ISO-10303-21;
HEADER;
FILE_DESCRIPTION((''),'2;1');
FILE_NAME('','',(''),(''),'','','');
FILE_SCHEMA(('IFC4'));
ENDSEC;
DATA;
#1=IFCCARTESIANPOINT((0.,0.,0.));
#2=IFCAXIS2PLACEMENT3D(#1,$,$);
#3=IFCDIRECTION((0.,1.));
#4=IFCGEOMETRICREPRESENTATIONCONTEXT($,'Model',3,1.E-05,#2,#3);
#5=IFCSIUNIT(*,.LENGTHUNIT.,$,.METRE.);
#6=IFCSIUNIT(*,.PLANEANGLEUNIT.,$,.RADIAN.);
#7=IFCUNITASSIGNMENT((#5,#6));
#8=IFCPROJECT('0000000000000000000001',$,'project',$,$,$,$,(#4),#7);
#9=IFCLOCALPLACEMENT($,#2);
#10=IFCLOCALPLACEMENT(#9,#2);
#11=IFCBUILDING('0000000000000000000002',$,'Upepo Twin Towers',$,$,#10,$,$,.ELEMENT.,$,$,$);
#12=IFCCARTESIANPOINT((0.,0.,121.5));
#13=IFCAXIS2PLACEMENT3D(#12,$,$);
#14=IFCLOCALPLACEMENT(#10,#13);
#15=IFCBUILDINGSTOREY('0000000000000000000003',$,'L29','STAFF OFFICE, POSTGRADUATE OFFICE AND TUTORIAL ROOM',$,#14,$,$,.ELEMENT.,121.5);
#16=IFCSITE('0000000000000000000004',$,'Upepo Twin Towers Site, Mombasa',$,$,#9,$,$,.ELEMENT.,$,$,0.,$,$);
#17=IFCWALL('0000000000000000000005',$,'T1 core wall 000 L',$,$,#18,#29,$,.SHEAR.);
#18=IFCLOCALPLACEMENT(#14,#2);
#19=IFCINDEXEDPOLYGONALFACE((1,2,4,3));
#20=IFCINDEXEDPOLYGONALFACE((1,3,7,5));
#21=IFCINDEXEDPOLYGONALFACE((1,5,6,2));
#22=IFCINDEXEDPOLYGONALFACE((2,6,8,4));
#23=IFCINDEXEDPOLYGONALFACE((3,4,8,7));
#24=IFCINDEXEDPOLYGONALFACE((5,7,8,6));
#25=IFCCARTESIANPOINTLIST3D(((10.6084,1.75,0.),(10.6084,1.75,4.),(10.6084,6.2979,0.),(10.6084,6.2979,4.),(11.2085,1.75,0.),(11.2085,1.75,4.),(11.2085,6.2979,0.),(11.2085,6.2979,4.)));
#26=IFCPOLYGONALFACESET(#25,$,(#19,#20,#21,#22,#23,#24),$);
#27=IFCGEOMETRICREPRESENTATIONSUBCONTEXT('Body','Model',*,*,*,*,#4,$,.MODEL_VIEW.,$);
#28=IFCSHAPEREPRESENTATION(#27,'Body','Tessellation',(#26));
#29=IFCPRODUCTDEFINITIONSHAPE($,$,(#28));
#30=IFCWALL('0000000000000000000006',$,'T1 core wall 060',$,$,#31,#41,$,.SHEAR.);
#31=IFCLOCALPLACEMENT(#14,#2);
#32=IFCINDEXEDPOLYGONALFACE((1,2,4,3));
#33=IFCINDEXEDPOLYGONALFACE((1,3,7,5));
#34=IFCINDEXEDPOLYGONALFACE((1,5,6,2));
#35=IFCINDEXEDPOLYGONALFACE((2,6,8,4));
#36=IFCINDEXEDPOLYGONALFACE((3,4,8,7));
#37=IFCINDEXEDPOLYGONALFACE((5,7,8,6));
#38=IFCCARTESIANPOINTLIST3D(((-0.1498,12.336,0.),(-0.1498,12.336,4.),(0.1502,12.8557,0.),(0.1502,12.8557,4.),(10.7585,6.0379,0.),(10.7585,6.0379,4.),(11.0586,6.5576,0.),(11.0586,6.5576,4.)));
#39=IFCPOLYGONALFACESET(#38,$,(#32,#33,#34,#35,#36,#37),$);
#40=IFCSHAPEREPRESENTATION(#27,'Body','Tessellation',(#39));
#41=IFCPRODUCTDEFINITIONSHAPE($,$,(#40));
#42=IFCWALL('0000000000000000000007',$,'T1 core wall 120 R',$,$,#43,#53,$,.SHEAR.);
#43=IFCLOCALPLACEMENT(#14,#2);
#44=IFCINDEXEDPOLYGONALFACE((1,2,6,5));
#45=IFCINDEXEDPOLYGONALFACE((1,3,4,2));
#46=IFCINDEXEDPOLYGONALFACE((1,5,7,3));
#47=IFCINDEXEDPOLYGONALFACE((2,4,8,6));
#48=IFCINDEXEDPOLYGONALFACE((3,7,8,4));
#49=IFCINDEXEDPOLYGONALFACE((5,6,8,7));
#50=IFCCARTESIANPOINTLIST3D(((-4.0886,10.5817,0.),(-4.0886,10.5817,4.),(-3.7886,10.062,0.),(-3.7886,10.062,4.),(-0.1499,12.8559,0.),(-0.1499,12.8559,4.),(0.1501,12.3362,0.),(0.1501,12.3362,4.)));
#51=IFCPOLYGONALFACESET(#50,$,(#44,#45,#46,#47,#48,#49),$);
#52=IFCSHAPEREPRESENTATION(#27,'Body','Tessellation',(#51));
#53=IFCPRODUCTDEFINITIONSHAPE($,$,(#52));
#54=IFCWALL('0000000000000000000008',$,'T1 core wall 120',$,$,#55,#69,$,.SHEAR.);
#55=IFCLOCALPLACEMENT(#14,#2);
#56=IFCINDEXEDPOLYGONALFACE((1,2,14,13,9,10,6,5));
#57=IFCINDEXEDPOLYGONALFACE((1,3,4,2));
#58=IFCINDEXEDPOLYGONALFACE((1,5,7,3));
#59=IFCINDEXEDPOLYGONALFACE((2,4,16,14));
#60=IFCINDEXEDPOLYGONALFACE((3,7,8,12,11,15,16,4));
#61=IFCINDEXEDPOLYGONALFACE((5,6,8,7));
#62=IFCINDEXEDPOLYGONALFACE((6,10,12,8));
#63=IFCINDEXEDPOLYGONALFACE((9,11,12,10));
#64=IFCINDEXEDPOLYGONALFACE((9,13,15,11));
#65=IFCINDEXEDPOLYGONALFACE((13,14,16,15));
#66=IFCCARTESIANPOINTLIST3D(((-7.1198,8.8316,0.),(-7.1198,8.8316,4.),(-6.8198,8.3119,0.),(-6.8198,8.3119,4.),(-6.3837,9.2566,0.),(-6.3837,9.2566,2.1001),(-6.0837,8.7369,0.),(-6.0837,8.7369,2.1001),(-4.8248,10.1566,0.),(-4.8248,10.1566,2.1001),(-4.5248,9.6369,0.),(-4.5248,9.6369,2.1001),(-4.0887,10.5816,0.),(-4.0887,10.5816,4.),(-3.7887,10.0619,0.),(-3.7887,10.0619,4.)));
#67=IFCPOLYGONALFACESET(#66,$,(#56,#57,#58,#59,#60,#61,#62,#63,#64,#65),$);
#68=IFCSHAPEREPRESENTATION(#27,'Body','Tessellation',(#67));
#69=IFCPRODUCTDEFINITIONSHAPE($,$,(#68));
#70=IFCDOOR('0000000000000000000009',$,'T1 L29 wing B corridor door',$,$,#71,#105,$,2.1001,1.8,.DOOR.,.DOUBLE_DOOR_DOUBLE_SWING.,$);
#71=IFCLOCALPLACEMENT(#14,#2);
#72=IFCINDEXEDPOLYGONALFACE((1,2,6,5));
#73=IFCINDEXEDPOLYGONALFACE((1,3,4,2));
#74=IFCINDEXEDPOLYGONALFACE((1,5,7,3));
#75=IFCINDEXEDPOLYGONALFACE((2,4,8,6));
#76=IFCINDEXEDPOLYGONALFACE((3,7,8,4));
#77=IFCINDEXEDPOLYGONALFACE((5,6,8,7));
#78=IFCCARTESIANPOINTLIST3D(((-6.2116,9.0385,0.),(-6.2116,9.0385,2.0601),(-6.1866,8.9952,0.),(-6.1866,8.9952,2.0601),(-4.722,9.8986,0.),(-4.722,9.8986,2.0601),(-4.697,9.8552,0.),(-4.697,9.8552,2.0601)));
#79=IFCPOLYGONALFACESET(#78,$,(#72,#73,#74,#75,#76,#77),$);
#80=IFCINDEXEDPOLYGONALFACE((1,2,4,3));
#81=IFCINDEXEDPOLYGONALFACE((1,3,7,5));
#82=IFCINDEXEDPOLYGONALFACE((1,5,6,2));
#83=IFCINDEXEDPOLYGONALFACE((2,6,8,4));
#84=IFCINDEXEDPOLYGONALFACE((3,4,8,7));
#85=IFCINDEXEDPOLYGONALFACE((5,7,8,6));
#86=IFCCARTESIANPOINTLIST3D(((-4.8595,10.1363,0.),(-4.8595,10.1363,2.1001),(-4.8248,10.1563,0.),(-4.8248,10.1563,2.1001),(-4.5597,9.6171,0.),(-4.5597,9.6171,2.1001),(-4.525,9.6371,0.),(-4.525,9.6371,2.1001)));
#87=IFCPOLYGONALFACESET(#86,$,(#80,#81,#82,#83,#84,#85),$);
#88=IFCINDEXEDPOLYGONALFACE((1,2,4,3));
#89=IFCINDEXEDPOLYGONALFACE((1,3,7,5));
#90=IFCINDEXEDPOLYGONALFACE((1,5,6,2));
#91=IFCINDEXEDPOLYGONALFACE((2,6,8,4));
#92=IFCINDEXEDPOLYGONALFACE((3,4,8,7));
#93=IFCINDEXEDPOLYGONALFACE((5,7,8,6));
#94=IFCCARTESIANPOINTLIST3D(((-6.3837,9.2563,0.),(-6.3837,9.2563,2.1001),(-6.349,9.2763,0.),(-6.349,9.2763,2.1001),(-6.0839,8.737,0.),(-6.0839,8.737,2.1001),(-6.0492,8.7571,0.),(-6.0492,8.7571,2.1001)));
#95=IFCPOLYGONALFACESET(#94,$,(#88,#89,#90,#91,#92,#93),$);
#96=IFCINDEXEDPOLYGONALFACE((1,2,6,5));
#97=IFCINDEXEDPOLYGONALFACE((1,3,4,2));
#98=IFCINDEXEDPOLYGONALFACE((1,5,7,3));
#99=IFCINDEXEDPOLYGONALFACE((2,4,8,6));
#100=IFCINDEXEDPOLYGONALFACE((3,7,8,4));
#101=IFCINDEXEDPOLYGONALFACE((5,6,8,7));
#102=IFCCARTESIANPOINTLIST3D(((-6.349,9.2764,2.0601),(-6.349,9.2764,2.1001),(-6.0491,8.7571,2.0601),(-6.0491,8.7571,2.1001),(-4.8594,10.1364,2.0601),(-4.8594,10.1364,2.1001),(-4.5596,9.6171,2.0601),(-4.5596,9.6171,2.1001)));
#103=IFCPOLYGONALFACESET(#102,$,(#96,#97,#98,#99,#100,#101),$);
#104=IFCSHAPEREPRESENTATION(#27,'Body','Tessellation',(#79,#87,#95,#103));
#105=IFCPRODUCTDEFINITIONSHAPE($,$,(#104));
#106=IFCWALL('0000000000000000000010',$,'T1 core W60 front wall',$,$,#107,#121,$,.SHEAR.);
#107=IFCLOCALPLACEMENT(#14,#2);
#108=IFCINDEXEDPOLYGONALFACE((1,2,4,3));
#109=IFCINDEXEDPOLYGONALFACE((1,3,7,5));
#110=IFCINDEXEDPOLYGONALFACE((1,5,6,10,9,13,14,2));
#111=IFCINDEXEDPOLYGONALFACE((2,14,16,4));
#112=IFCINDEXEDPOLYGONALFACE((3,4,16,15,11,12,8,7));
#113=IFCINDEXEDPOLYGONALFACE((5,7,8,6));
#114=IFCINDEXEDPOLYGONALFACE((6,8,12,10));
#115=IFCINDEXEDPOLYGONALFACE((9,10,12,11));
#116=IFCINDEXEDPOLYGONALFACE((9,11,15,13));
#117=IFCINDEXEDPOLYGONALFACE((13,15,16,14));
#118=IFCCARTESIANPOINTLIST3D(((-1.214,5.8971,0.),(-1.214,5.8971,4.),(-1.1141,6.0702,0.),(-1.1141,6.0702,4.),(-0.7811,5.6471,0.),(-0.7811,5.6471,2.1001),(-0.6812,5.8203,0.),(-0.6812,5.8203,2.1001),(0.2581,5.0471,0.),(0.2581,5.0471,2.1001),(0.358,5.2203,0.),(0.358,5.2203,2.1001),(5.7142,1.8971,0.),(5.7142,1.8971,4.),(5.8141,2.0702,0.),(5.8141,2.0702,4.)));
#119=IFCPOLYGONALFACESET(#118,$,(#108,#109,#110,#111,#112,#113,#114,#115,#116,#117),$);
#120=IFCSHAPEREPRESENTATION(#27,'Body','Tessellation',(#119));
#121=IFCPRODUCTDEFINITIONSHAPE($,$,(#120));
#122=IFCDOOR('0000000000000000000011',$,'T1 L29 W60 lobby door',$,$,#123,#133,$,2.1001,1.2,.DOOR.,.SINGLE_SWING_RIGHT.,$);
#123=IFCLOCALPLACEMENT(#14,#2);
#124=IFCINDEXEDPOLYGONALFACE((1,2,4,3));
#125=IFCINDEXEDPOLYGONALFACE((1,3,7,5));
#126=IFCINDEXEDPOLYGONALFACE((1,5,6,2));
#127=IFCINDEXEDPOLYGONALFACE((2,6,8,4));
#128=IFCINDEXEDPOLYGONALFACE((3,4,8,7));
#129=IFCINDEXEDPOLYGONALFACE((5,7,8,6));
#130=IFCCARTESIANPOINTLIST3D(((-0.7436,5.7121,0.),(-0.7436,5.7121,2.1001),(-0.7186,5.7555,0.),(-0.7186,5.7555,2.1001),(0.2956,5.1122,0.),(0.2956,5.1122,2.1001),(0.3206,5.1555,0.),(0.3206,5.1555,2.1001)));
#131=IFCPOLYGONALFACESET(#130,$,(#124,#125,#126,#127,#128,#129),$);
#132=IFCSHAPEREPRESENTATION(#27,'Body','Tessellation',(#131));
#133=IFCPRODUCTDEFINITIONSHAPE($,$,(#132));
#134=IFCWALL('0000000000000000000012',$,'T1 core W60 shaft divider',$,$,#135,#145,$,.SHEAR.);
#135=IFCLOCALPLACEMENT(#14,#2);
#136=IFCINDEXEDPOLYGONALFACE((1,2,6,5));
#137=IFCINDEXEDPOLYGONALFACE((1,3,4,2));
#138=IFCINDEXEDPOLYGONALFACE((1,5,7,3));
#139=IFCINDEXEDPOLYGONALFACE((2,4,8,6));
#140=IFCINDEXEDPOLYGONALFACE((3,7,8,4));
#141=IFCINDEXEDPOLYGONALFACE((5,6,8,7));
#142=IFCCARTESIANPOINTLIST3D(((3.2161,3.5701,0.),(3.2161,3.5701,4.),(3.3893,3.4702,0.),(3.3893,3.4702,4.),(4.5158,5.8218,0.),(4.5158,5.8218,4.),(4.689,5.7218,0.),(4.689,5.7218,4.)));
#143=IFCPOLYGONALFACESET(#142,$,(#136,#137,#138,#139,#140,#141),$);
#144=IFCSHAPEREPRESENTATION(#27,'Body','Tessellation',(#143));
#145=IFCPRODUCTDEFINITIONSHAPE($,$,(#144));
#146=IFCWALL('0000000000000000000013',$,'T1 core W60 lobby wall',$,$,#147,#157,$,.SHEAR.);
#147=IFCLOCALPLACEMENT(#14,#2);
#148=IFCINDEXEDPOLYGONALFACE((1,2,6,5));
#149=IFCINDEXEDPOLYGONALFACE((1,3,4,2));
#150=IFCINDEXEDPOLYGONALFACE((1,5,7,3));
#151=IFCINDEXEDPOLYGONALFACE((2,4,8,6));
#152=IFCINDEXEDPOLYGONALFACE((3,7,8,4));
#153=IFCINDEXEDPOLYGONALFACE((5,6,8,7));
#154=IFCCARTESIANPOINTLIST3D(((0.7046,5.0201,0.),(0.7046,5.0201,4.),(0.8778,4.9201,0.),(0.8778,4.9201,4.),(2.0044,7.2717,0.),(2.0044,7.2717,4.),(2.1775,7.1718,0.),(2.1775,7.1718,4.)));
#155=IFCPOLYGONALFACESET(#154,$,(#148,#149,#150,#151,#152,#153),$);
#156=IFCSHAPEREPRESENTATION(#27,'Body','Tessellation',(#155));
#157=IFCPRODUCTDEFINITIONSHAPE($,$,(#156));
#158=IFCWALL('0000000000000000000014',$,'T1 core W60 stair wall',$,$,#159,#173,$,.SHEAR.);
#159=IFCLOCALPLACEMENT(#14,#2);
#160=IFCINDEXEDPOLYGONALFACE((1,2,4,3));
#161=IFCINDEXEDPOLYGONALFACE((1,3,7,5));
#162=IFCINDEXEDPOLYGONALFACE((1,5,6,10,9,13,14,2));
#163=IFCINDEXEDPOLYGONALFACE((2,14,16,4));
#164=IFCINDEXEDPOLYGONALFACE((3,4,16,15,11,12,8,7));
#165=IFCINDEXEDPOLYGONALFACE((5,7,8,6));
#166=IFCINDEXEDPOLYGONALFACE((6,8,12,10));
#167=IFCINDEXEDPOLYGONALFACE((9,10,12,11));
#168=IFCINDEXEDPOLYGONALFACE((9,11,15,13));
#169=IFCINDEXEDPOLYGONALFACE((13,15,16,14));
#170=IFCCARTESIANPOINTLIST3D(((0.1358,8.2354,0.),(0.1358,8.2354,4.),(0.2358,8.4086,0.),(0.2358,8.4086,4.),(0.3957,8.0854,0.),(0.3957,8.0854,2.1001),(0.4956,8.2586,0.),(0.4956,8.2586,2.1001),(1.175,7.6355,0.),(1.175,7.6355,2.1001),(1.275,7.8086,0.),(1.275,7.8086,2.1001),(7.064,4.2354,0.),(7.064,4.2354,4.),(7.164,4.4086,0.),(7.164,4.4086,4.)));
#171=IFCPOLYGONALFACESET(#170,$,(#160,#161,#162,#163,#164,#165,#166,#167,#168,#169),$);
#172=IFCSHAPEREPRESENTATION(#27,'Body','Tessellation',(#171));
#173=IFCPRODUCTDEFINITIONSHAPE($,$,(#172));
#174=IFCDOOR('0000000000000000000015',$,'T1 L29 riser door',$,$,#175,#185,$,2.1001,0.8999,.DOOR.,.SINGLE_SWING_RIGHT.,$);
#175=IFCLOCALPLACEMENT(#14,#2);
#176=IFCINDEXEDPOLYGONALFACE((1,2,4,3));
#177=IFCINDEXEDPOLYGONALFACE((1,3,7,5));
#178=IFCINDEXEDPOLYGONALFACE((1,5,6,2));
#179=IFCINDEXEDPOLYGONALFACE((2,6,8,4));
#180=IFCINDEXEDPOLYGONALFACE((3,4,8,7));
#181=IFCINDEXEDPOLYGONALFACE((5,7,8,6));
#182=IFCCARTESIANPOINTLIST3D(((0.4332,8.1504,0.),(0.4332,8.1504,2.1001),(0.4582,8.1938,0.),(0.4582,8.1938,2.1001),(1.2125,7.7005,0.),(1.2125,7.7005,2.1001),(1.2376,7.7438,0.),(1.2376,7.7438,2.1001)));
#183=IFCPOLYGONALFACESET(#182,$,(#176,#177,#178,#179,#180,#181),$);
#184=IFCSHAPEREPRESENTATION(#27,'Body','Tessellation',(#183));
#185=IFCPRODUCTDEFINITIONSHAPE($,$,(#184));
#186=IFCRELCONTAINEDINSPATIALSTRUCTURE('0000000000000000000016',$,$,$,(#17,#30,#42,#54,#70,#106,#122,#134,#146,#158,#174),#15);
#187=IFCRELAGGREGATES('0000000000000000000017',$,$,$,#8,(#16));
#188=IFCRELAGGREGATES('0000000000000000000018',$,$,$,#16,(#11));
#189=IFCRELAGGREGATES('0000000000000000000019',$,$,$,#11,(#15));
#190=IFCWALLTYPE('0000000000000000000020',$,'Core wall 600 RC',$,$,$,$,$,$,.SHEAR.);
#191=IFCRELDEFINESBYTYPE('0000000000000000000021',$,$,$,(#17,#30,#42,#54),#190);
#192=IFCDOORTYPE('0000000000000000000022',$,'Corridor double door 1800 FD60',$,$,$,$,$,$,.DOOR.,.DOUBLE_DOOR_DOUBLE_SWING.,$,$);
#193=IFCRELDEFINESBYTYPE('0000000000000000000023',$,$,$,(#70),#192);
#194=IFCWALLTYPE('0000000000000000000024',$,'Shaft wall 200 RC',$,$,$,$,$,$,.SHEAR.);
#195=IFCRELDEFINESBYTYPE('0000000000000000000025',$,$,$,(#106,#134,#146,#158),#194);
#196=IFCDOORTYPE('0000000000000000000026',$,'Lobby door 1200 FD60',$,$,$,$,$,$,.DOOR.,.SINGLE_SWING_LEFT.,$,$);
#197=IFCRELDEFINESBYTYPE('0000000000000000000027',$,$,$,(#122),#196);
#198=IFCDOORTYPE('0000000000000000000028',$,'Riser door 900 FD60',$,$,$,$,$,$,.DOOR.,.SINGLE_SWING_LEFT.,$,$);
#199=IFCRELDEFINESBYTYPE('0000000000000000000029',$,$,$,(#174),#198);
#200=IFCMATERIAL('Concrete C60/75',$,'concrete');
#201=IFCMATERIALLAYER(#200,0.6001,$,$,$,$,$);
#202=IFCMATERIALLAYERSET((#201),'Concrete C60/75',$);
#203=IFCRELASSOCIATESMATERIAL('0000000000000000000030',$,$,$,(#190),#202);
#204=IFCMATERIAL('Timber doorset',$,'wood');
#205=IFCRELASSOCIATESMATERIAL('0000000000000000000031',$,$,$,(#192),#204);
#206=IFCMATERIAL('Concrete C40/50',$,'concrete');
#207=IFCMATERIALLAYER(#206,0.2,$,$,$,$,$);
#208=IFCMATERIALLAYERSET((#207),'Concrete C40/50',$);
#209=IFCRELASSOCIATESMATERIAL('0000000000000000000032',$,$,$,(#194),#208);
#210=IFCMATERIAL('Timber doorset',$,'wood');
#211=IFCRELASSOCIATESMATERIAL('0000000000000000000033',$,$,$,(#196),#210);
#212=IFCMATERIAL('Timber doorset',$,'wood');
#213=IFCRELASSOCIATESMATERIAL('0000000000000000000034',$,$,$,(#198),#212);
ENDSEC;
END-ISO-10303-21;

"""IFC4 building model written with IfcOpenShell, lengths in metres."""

from ifc_helpers import new_model, si_unit, direction, frame, frame_2d, origin, place, context, subcontext, project, spatial, rectangle, extrude, material, layer, layer_set, type_object, element, fill, save


model = new_model("IFC4")

# Units and contexts
model_context = context("Model", 3, precision=1e-05, world=origin(), true_north=direction((0.0, 1.0)))
body_context = subcontext(model_context, "Body", "Model", "MODEL_VIEW")
ifc_project = project(units=[si_unit("LENGTHUNIT", "METRE"), si_unit("PLANEANGLEUNIT", "RADIAN")], contexts=[model_context])

# Site, building, storey
site_placement = place(None, origin())
site = spatial("IfcSite", under=ifc_project, at=site_placement, Name="Upepo Twin Towers Site, Mombasa", CompositionType="ELEMENT", RefElevation=0.0)
building_placement = place(site_placement, origin())
building = spatial("IfcBuilding", under=site, at=building_placement, Name="Upepo Twin Towers", CompositionType="ELEMENT")
storey_placement = place(building_placement, frame((0.0, 0.0, 121.5)))
storey = spatial("IfcBuildingStorey", under=building, at=storey_placement, Name="L29", Description="STAFF OFFICE, POSTGRADUATE OFFICE AND TUTORIAL ROOM", CompositionType="ELEMENT", Elevation=121.5)

# Walls
ifc_material_1 = material(Name="Concrete C60/75", Category="concrete")
ifc_layer_1 = layer(ifc_material_1, 0.6001)
ifc_layer_set_1 = layer_set([ifc_layer_1], Name="Concrete C60/75")
wall_type_1 = type_object("IfcWallType", Name="Core wall 600 RC", PredefinedType="SHEAR", material=ifc_layer_set_1)
wall_1_placement = place(storey_placement, frame((10.9084, 1.75, 0.0), z_axis=(0.0, 0.0, 1.0), x_axis=(0.0, 1.0, 0.0)))
element("IfcWall", 1, at=wall_1_placement, inside=storey, type_object=wall_type_1, Name="T1 core wall 000 L", PredefinedType="SHEAR", context=body_context, shape_type="SweptSolid", body=[
    extrude(rectangle(XDim=4.5479, YDim=0.6001, at=frame_2d((2.2739, 0.0))), origin(), (0.0, 0.0, 1.0), 4.0),
])
wall_2_placement = place(storey_placement, frame((10.9084, 6.2979, 0.0), z_axis=(0.0, 0.0, 1.0), x_axis=(-0.866022, 0.500006, 0.0)))
element("IfcWall", 2, at=wall_2_placement, inside=storey, type_object=wall_type_1, Name="T1 core wall 060", PredefinedType="SHEAR", context=body_context, shape_type="SweptSolid", body=[
    extrude(rectangle(XDim=12.5959, YDim=0.6001, at=frame_2d((6.2979, 0.0))), origin(), (0.0, 0.0, 1.0), 4.0),
])
wall_3_placement = place(storey_placement, frame((0.0, 12.5959, 0.0), z_axis=(0.0, 0.0, 1.0), x_axis=(-0.866011, -0.500024, 0.0)))
element("IfcWall", 3, at=wall_3_placement, inside=storey, type_object=wall_type_1, Name="T1 core wall 120 R", PredefinedType="SHEAR", context=body_context, shape_type="SweptSolid", body=[
    extrude(rectangle(XDim=4.5481, YDim=0.6001, at=frame_2d((2.2739, 0.0))), origin(), (0.0, 0.0, 1.0), 4.0),
])

# Walls, openings, doors
wall_4_placement = place(storey_placement, frame((-3.9387, 10.3218, 0.0), z_axis=(0.0, 0.0, 1.0), x_axis=(-0.866019, -0.50001, 0.0)))
wall_4 = element("IfcWall", 4, at=wall_4_placement, inside=storey, type_object=wall_type_1, Name="T1 core wall 120", PredefinedType="SHEAR", context=body_context, shape_type="SweptSolid", body=[
    extrude(rectangle(XDim=3.5, YDim=0.6001, at=frame_2d((1.75, 0.0))), origin(), (0.0, 0.0, 1.0), 4.0),
])
opening_1_placement = place(wall_4_placement, frame((0.8501, 0.0, 0.0)))
opening_1 = element("IfcOpeningElement", 5, at=opening_1_placement, cuts=wall_4, PredefinedType="OPENING", context=body_context, shape_type="SweptSolid", body=[
    extrude(rectangle(XDim=1.8, YDim=2.1001, at=frame_2d((0.8999, 1.05))), frame((0.0, 0.3101, 0.0), z_axis=(0.0, -1.0, 0.0), x_axis=(1.0, 0.0, 0.0)), (0.0, 0.0, 1.0), 0.6201),
])
ifc_material_2 = material(Name="Timber doorset", Category="wood")
door_type_1 = type_object("IfcDoorType", Name="Corridor double door 1800 FD60", OperationType="DOUBLE_DOOR_DOUBLE_SWING", PredefinedType="DOOR", material=ifc_material_2)
door_1_placement = place(opening_1_placement, origin())
door_1 = element("IfcDoor", 6, at=door_1_placement, inside=storey, type_object=door_type_1, Name="T1 L29 wing B corridor door", OperationType="DOUBLE_DOOR_DOUBLE_SWING", OverallHeight=2.1001, OverallWidth=1.8, PredefinedType="DOOR", context=body_context, shape_type="SweptSolid", body=[
    extrude(rectangle(XDim=1.72, YDim=2.0601, at=frame_2d((0.8999, 1.03))), frame((0.0, 0.0249, 0.0), z_axis=(0.0, -1.0, 0.0), x_axis=(1.0, 0.0, 0.0)), (0.0, 0.0, 1.0), 0.05),
    extrude(rectangle(XDim=0.04, YDim=2.1001, at=frame_2d((0.02, 1.05))), frame((0.0, 0.2998, 0.0), z_axis=(0.0, -1.0, 0.0), x_axis=(1.0, 0.0, 0.0)), (0.0, 0.0, 1.0), 0.5996),
    extrude(rectangle(XDim=0.04, YDim=2.1001, at=frame_2d((1.78, 1.05))), frame((0.0, 0.2998, 0.0), z_axis=(0.0, -1.0, 0.0), x_axis=(1.0, 0.0, 0.0)), (0.0, 0.0, 1.0), 0.5996),
    extrude(rectangle(XDim=1.72, YDim=0.04, at=frame_2d((0.8999, 2.0801))), frame((0.0, 0.2998, 0.0), z_axis=(0.0, -1.0, 0.0), x_axis=(1.0, 0.0, 0.0)), (0.0, 0.0, 1.0), 0.5996),
])
fill(opening_1, door_1)
ifc_material_3 = material(Name="Concrete C40/50", Category="concrete")
ifc_layer_2 = layer(ifc_material_3, 0.2)
ifc_layer_set_2 = layer_set([ifc_layer_2], Name="Concrete C40/50")
wall_type_2 = type_object("IfcWallType", Name="Shaft wall 200 RC", PredefinedType="SHEAR", material=ifc_layer_set_2)
wall_5_placement = place(storey_placement, frame((5.7642, 1.9836, 0.0), z_axis=(0.0, 0.0, 1.0), x_axis=(-0.866026, 0.499999, 0.0)))
wall_5 = element("IfcWall", 7, at=wall_5_placement, inside=storey, type_object=wall_type_2, Name="T1 core W60 front wall", PredefinedType="SHEAR", context=body_context, shape_type="SweptSolid", body=[
    extrude(rectangle(XDim=8.0, YDim=0.2, at=frame_2d((4.0, 0.0))), origin(), (0.0, 0.0, 1.0), 4.0),
])
opening_2_placement = place(wall_5_placement, frame((6.3, 0.0, 0.0)))
opening_2 = element("IfcOpeningElement", 8, at=opening_2_placement, cuts=wall_5, PredefinedType="OPENING", context=body_context, shape_type="SweptSolid", body=[
    extrude(rectangle(XDim=1.2, YDim=2.1001, at=frame_2d((0.6001, 1.05))), frame((0.0, 0.1099, 0.0), z_axis=(0.0, -1.0, 0.0), x_axis=(1.0, 0.0, 0.0)), (0.0, 0.0, 1.0), 0.22),
])
ifc_material_4 = material(Name="Timber doorset", Category="wood")
door_type_2 = type_object("IfcDoorType", Name="Lobby door 1200 FD60", OperationType="SINGLE_SWING_LEFT", PredefinedType="DOOR", material=ifc_material_4)
door_2_placement = place(opening_2_placement, origin())
door_2 = element("IfcDoor", 9, at=door_2_placement, inside=storey, type_object=door_type_2, Name="T1 L29 W60 lobby door", OperationType="SINGLE_SWING_RIGHT", OverallHeight=2.1001, OverallWidth=1.2, PredefinedType="DOOR", context=body_context, shape_type="SweptSolid", body=[
    extrude(rectangle(XDim=1.2, YDim=2.1001, at=frame_2d((0.6001, 1.05))), frame((0.0, 0.0249, 0.0), z_axis=(0.0, -1.0, 0.0), x_axis=(1.0, 0.0, 0.0)), (0.0, 0.0, 1.0), 0.05),
])
fill(opening_2, door_2)

# Walls
for number, where, z_axis, x_axis, name in (
    (10, (3.3027, 3.5203, 0.0), (0.0, 0.0, 1.0), (0.499937, 0.866062, 0.0), "T1 core W60 shaft divider"),
    (11, (0.7913, 4.9702, 0.0), (0.0, 0.0, 1.0), (0.499937, 0.866062, 0.0), "T1 core W60 lobby wall"),
):
    element("IfcWall", number, at=place(storey_placement, frame(where, z_axis=z_axis, x_axis=x_axis)), inside=storey, type_object=wall_type_2, Name=name, PredefinedType="SHEAR", context=body_context, shape_type="SweptSolid", body=[
        extrude(rectangle(XDim=2.5999, YDim=0.2, at=frame_2d((1.2998, 0.0))), origin(), (0.0, 0.0, 1.0), 4.0),
    ])

# Wall, opening, door
wall_6_placement = place(storey_placement, frame((7.114, 4.322, 0.0), z_axis=(0.0, 0.0, 1.0), x_axis=(-0.866026, 0.499999, 0.0)))
wall_6 = element("IfcWall", 12, at=wall_6_placement, inside=storey, type_object=wall_type_2, Name="T1 core W60 stair wall", PredefinedType="SHEAR", context=body_context, shape_type="SweptSolid", body=[
    extrude(rectangle(XDim=8.0, YDim=0.2, at=frame_2d((4.0, 0.0))), origin(), (0.0, 0.0, 1.0), 4.0),
])
opening_3_placement = place(wall_6_placement, frame((6.8, 0.0, 0.0)))
opening_3 = element("IfcOpeningElement", 13, at=opening_3_placement, cuts=wall_6, PredefinedType="OPENING", context=body_context, shape_type="SweptSolid", body=[
    extrude(rectangle(XDim=0.8999, YDim=2.1001, at=frame_2d((0.45, 1.05))), frame((0.0, 0.1099, 0.0), z_axis=(0.0, -1.0, 0.0), x_axis=(1.0, 0.0, 0.0)), (0.0, 0.0, 1.0), 0.22),
])
ifc_material_5 = material(Name="Timber doorset", Category="wood")
door_type_3 = type_object("IfcDoorType", Name="Riser door 900 FD60", OperationType="SINGLE_SWING_LEFT", PredefinedType="DOOR", material=ifc_material_5)
door_3_placement = place(opening_3_placement, origin())
door_3 = element("IfcDoor", 14, at=door_3_placement, inside=storey, type_object=door_type_3, Name="T1 L29 riser door", OperationType="SINGLE_SWING_RIGHT", OverallHeight=2.1001, OverallWidth=0.8999, PredefinedType="DOOR", context=body_context, shape_type="SweptSolid", body=[
    extrude(rectangle(XDim=0.8999, YDim=2.1001, at=frame_2d((0.45, 1.05))), frame((0.0, 0.0249, 0.0), z_axis=(0.0, -1.0, 0.0), x_axis=(1.0, 0.0, 0.0)), (0.0, 0.0, 1.0), 0.05),
])
fill(opening_3, door_3)

save(model, "model.ifc")
